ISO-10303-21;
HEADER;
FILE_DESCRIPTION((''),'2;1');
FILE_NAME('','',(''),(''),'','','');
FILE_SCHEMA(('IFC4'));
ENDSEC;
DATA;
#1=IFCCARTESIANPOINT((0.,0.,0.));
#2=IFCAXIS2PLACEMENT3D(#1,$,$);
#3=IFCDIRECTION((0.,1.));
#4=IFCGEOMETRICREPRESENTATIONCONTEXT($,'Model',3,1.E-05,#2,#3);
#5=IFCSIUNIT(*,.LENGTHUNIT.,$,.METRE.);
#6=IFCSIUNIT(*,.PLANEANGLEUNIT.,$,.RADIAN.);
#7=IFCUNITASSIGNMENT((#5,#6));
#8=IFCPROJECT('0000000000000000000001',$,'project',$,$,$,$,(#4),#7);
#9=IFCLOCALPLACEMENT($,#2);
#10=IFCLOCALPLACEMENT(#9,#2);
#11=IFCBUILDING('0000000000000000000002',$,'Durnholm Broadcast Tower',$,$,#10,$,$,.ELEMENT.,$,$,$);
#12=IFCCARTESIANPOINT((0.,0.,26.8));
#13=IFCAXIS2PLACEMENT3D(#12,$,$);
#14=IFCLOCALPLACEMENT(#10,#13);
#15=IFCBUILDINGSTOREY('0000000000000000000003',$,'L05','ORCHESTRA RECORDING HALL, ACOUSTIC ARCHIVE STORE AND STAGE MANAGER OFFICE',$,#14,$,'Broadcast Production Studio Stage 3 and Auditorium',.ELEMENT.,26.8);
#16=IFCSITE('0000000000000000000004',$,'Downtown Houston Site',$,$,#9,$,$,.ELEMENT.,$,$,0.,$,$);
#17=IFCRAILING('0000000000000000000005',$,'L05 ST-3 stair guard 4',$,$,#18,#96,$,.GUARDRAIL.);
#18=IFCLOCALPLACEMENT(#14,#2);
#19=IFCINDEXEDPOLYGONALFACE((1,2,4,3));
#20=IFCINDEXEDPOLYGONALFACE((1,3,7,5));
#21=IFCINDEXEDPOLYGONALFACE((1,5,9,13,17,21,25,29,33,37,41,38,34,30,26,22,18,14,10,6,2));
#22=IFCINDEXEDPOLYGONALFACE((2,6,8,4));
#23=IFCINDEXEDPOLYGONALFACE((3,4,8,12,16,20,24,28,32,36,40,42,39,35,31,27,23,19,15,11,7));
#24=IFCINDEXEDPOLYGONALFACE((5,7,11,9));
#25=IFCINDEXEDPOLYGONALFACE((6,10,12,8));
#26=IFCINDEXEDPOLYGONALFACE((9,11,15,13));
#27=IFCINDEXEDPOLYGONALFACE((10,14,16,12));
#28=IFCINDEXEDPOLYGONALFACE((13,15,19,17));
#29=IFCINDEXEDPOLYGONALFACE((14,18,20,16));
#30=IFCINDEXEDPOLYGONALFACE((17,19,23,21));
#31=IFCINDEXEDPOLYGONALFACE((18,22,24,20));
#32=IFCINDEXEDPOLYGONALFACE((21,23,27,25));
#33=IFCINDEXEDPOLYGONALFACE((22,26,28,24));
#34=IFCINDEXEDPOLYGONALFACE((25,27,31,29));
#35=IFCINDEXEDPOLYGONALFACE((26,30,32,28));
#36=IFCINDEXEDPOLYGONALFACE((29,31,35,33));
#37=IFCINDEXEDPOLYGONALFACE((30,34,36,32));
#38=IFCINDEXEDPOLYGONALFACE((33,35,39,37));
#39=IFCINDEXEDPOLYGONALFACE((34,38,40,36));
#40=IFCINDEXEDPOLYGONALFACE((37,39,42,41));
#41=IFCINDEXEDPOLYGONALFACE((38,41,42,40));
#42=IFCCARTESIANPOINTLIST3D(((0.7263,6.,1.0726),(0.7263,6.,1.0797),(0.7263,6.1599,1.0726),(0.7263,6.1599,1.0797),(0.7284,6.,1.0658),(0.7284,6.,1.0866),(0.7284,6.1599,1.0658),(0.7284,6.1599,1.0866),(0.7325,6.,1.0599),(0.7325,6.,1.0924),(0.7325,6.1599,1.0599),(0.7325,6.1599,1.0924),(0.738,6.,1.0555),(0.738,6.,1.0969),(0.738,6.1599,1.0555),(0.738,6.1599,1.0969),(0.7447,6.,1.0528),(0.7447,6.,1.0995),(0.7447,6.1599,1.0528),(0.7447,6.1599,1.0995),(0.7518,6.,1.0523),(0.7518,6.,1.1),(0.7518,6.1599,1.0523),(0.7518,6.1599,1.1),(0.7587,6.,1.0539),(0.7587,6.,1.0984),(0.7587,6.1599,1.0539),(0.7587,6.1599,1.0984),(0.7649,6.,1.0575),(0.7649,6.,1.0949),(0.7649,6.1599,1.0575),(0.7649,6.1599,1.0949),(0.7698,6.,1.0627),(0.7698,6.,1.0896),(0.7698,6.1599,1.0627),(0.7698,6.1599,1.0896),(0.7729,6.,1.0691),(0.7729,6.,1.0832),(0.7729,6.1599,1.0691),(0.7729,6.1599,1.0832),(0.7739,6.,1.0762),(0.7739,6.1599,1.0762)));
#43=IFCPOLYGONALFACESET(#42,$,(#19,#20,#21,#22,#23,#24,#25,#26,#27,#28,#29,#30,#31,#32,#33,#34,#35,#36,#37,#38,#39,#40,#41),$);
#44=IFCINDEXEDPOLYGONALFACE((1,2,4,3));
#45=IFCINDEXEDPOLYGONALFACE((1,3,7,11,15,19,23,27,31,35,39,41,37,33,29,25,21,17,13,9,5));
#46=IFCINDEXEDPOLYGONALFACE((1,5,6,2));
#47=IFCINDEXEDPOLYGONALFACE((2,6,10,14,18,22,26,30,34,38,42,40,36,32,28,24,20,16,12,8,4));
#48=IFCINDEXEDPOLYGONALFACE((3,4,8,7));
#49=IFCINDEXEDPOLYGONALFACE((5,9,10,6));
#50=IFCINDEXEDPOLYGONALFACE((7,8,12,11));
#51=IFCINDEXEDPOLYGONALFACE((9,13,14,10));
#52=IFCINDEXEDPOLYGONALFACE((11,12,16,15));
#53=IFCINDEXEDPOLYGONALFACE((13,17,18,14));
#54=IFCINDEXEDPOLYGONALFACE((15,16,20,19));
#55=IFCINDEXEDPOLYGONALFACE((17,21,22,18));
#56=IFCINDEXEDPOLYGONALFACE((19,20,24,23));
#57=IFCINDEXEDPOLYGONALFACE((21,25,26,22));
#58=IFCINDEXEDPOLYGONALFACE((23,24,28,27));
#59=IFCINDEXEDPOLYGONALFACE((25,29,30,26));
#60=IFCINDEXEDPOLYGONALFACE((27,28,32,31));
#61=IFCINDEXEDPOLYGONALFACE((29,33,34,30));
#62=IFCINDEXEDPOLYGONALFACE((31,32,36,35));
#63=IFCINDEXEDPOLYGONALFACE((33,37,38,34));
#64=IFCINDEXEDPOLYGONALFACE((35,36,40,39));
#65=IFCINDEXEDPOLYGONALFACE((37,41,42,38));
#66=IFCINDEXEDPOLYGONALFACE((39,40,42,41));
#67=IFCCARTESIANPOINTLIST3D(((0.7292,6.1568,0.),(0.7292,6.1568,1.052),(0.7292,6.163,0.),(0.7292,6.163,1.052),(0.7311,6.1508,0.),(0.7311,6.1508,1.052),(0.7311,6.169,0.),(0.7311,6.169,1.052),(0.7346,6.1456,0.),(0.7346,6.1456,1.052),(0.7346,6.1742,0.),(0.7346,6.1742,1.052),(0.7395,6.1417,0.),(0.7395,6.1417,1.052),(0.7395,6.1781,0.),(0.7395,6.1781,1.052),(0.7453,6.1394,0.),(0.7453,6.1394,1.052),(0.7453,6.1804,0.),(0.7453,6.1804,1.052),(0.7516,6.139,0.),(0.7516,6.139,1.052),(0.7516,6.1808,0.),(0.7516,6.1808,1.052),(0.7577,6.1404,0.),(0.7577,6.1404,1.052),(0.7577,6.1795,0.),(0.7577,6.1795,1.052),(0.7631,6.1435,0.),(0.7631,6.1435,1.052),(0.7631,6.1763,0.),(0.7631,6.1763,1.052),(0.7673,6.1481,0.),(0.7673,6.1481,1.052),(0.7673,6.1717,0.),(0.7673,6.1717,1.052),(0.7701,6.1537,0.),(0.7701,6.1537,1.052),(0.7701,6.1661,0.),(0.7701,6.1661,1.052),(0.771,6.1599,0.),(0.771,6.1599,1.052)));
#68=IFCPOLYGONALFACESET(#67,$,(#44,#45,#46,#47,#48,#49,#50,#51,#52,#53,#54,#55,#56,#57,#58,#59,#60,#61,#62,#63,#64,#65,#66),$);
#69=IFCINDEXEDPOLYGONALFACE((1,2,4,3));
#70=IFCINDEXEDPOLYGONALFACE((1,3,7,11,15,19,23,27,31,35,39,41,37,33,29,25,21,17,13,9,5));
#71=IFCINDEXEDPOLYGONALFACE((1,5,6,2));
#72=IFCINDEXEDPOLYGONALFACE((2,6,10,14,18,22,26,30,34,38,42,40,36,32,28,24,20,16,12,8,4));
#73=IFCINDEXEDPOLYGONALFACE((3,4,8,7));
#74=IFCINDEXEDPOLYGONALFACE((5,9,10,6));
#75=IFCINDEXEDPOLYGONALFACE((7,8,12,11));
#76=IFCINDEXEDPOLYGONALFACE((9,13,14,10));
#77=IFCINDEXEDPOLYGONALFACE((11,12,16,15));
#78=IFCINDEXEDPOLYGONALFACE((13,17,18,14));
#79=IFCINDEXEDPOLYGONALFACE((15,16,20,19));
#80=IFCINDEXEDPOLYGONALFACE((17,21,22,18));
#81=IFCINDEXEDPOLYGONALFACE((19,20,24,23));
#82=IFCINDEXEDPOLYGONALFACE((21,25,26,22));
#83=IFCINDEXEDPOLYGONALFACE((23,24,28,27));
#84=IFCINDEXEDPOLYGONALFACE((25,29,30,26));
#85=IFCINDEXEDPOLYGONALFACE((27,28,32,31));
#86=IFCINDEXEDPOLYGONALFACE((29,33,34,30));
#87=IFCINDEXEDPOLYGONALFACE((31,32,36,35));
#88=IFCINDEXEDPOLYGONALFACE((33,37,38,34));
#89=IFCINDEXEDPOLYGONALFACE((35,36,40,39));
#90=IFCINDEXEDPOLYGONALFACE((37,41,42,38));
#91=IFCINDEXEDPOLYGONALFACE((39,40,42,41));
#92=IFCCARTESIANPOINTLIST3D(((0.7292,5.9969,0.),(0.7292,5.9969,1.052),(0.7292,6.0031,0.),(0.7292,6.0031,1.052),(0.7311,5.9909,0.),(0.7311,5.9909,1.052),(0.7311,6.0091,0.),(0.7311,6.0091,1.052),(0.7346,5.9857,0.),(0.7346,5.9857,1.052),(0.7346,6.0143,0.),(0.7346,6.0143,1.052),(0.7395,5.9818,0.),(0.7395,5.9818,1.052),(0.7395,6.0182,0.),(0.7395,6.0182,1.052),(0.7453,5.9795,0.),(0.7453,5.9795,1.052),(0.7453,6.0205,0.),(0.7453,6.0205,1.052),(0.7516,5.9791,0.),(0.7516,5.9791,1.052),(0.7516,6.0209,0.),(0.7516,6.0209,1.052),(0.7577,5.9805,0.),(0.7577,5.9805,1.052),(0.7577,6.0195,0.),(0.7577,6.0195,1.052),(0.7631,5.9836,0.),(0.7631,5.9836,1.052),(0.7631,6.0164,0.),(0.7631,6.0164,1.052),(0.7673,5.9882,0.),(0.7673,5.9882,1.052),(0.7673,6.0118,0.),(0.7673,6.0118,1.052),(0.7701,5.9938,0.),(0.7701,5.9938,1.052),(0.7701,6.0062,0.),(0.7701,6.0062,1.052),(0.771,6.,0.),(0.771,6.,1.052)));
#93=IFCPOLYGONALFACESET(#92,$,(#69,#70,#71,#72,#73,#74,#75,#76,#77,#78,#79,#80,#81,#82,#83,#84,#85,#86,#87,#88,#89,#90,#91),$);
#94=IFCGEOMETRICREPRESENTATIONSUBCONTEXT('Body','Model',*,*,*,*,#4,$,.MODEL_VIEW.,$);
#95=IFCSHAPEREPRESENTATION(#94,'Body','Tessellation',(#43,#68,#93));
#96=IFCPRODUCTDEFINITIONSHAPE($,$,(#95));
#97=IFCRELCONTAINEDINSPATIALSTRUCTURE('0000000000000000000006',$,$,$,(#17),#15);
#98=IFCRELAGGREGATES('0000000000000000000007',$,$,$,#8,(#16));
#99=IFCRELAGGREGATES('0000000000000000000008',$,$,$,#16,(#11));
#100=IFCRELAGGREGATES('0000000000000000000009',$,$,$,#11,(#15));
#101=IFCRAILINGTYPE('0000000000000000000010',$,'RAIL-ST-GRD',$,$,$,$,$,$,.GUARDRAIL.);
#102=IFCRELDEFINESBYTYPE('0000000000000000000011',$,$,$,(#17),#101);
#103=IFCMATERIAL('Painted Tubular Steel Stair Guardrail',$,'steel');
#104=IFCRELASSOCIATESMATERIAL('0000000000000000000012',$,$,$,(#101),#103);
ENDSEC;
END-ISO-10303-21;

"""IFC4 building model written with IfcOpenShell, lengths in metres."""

from ifc_helpers import new_model, si_unit, direction, frame, origin, origin_2d, place, context, subcontext, project, spatial, circle, extrude, material, type_object, element, save


model = new_model("IFC4")

# Units and contexts
model_context = context("Model", 3, precision=1e-05, world=origin(), true_north=direction((0.0, 1.0)))
body_context = subcontext(model_context, "Body", "Model", "MODEL_VIEW")
ifc_project = project(units=[si_unit("LENGTHUNIT", "METRE"), si_unit("PLANEANGLEUNIT", "RADIAN")], contexts=[model_context])

# Site, building, storey
site_placement = place(None, origin())
site = spatial("IfcSite", under=ifc_project, at=site_placement, Name="Downtown Houston Site", CompositionType="ELEMENT", RefElevation=0.0)
building_placement = place(site_placement, origin())
building = spatial("IfcBuilding", under=site, at=building_placement, Name="Durnholm Broadcast Tower", CompositionType="ELEMENT")
storey_placement = place(building_placement, frame((0.0, 0.0, 26.8)))
storey = spatial("IfcBuildingStorey", under=building, at=storey_placement, Name="L05", Description="ORCHESTRA RECORDING HALL, ACOUSTIC ARCHIVE STORE AND STAGE MANAGER OFFICE", LongName="Broadcast Production Studio Stage 3 and Auditorium", CompositionType="ELEMENT", Elevation=26.8)

# Railing
ifc_material_1 = material(Name="Painted Tubular Steel Stair Guardrail", Category="steel")
railing_type_1 = type_object("IfcRailingType", Name="RAIL-ST-GRD", PredefinedType="GUARDRAIL", material=ifc_material_1)
railing_1_placement = place(storey_placement, frame((0.75, 6.1599, 0.0)))
element("IfcRailing", 1, at=railing_1_placement, inside=storey, type_object=railing_type_1, Name="L05 ST-3 stair guard 4", PredefinedType="GUARDRAIL", context=body_context, shape_type="SweptSolid", body=[
    extrude(circle(Radius=0.0239, at=origin_2d()), frame((0.0, 0.0, 1.0762), z_axis=(0.0, -1.0, 0.0), x_axis=(1.0, 0.0, 0.0)), (0.0, 0.0, 1.0), 0.1599),
    extrude(circle(Radius=0.021, at=origin_2d()), origin(), (0.0, 0.0, 1.0), 1.052),
    extrude(circle(Radius=0.021, at=origin_2d()), frame((0.0, -0.1599, 0.0)), (0.0, 0.0, 1.0), 1.052),
])

save(model, "model.ifc")
